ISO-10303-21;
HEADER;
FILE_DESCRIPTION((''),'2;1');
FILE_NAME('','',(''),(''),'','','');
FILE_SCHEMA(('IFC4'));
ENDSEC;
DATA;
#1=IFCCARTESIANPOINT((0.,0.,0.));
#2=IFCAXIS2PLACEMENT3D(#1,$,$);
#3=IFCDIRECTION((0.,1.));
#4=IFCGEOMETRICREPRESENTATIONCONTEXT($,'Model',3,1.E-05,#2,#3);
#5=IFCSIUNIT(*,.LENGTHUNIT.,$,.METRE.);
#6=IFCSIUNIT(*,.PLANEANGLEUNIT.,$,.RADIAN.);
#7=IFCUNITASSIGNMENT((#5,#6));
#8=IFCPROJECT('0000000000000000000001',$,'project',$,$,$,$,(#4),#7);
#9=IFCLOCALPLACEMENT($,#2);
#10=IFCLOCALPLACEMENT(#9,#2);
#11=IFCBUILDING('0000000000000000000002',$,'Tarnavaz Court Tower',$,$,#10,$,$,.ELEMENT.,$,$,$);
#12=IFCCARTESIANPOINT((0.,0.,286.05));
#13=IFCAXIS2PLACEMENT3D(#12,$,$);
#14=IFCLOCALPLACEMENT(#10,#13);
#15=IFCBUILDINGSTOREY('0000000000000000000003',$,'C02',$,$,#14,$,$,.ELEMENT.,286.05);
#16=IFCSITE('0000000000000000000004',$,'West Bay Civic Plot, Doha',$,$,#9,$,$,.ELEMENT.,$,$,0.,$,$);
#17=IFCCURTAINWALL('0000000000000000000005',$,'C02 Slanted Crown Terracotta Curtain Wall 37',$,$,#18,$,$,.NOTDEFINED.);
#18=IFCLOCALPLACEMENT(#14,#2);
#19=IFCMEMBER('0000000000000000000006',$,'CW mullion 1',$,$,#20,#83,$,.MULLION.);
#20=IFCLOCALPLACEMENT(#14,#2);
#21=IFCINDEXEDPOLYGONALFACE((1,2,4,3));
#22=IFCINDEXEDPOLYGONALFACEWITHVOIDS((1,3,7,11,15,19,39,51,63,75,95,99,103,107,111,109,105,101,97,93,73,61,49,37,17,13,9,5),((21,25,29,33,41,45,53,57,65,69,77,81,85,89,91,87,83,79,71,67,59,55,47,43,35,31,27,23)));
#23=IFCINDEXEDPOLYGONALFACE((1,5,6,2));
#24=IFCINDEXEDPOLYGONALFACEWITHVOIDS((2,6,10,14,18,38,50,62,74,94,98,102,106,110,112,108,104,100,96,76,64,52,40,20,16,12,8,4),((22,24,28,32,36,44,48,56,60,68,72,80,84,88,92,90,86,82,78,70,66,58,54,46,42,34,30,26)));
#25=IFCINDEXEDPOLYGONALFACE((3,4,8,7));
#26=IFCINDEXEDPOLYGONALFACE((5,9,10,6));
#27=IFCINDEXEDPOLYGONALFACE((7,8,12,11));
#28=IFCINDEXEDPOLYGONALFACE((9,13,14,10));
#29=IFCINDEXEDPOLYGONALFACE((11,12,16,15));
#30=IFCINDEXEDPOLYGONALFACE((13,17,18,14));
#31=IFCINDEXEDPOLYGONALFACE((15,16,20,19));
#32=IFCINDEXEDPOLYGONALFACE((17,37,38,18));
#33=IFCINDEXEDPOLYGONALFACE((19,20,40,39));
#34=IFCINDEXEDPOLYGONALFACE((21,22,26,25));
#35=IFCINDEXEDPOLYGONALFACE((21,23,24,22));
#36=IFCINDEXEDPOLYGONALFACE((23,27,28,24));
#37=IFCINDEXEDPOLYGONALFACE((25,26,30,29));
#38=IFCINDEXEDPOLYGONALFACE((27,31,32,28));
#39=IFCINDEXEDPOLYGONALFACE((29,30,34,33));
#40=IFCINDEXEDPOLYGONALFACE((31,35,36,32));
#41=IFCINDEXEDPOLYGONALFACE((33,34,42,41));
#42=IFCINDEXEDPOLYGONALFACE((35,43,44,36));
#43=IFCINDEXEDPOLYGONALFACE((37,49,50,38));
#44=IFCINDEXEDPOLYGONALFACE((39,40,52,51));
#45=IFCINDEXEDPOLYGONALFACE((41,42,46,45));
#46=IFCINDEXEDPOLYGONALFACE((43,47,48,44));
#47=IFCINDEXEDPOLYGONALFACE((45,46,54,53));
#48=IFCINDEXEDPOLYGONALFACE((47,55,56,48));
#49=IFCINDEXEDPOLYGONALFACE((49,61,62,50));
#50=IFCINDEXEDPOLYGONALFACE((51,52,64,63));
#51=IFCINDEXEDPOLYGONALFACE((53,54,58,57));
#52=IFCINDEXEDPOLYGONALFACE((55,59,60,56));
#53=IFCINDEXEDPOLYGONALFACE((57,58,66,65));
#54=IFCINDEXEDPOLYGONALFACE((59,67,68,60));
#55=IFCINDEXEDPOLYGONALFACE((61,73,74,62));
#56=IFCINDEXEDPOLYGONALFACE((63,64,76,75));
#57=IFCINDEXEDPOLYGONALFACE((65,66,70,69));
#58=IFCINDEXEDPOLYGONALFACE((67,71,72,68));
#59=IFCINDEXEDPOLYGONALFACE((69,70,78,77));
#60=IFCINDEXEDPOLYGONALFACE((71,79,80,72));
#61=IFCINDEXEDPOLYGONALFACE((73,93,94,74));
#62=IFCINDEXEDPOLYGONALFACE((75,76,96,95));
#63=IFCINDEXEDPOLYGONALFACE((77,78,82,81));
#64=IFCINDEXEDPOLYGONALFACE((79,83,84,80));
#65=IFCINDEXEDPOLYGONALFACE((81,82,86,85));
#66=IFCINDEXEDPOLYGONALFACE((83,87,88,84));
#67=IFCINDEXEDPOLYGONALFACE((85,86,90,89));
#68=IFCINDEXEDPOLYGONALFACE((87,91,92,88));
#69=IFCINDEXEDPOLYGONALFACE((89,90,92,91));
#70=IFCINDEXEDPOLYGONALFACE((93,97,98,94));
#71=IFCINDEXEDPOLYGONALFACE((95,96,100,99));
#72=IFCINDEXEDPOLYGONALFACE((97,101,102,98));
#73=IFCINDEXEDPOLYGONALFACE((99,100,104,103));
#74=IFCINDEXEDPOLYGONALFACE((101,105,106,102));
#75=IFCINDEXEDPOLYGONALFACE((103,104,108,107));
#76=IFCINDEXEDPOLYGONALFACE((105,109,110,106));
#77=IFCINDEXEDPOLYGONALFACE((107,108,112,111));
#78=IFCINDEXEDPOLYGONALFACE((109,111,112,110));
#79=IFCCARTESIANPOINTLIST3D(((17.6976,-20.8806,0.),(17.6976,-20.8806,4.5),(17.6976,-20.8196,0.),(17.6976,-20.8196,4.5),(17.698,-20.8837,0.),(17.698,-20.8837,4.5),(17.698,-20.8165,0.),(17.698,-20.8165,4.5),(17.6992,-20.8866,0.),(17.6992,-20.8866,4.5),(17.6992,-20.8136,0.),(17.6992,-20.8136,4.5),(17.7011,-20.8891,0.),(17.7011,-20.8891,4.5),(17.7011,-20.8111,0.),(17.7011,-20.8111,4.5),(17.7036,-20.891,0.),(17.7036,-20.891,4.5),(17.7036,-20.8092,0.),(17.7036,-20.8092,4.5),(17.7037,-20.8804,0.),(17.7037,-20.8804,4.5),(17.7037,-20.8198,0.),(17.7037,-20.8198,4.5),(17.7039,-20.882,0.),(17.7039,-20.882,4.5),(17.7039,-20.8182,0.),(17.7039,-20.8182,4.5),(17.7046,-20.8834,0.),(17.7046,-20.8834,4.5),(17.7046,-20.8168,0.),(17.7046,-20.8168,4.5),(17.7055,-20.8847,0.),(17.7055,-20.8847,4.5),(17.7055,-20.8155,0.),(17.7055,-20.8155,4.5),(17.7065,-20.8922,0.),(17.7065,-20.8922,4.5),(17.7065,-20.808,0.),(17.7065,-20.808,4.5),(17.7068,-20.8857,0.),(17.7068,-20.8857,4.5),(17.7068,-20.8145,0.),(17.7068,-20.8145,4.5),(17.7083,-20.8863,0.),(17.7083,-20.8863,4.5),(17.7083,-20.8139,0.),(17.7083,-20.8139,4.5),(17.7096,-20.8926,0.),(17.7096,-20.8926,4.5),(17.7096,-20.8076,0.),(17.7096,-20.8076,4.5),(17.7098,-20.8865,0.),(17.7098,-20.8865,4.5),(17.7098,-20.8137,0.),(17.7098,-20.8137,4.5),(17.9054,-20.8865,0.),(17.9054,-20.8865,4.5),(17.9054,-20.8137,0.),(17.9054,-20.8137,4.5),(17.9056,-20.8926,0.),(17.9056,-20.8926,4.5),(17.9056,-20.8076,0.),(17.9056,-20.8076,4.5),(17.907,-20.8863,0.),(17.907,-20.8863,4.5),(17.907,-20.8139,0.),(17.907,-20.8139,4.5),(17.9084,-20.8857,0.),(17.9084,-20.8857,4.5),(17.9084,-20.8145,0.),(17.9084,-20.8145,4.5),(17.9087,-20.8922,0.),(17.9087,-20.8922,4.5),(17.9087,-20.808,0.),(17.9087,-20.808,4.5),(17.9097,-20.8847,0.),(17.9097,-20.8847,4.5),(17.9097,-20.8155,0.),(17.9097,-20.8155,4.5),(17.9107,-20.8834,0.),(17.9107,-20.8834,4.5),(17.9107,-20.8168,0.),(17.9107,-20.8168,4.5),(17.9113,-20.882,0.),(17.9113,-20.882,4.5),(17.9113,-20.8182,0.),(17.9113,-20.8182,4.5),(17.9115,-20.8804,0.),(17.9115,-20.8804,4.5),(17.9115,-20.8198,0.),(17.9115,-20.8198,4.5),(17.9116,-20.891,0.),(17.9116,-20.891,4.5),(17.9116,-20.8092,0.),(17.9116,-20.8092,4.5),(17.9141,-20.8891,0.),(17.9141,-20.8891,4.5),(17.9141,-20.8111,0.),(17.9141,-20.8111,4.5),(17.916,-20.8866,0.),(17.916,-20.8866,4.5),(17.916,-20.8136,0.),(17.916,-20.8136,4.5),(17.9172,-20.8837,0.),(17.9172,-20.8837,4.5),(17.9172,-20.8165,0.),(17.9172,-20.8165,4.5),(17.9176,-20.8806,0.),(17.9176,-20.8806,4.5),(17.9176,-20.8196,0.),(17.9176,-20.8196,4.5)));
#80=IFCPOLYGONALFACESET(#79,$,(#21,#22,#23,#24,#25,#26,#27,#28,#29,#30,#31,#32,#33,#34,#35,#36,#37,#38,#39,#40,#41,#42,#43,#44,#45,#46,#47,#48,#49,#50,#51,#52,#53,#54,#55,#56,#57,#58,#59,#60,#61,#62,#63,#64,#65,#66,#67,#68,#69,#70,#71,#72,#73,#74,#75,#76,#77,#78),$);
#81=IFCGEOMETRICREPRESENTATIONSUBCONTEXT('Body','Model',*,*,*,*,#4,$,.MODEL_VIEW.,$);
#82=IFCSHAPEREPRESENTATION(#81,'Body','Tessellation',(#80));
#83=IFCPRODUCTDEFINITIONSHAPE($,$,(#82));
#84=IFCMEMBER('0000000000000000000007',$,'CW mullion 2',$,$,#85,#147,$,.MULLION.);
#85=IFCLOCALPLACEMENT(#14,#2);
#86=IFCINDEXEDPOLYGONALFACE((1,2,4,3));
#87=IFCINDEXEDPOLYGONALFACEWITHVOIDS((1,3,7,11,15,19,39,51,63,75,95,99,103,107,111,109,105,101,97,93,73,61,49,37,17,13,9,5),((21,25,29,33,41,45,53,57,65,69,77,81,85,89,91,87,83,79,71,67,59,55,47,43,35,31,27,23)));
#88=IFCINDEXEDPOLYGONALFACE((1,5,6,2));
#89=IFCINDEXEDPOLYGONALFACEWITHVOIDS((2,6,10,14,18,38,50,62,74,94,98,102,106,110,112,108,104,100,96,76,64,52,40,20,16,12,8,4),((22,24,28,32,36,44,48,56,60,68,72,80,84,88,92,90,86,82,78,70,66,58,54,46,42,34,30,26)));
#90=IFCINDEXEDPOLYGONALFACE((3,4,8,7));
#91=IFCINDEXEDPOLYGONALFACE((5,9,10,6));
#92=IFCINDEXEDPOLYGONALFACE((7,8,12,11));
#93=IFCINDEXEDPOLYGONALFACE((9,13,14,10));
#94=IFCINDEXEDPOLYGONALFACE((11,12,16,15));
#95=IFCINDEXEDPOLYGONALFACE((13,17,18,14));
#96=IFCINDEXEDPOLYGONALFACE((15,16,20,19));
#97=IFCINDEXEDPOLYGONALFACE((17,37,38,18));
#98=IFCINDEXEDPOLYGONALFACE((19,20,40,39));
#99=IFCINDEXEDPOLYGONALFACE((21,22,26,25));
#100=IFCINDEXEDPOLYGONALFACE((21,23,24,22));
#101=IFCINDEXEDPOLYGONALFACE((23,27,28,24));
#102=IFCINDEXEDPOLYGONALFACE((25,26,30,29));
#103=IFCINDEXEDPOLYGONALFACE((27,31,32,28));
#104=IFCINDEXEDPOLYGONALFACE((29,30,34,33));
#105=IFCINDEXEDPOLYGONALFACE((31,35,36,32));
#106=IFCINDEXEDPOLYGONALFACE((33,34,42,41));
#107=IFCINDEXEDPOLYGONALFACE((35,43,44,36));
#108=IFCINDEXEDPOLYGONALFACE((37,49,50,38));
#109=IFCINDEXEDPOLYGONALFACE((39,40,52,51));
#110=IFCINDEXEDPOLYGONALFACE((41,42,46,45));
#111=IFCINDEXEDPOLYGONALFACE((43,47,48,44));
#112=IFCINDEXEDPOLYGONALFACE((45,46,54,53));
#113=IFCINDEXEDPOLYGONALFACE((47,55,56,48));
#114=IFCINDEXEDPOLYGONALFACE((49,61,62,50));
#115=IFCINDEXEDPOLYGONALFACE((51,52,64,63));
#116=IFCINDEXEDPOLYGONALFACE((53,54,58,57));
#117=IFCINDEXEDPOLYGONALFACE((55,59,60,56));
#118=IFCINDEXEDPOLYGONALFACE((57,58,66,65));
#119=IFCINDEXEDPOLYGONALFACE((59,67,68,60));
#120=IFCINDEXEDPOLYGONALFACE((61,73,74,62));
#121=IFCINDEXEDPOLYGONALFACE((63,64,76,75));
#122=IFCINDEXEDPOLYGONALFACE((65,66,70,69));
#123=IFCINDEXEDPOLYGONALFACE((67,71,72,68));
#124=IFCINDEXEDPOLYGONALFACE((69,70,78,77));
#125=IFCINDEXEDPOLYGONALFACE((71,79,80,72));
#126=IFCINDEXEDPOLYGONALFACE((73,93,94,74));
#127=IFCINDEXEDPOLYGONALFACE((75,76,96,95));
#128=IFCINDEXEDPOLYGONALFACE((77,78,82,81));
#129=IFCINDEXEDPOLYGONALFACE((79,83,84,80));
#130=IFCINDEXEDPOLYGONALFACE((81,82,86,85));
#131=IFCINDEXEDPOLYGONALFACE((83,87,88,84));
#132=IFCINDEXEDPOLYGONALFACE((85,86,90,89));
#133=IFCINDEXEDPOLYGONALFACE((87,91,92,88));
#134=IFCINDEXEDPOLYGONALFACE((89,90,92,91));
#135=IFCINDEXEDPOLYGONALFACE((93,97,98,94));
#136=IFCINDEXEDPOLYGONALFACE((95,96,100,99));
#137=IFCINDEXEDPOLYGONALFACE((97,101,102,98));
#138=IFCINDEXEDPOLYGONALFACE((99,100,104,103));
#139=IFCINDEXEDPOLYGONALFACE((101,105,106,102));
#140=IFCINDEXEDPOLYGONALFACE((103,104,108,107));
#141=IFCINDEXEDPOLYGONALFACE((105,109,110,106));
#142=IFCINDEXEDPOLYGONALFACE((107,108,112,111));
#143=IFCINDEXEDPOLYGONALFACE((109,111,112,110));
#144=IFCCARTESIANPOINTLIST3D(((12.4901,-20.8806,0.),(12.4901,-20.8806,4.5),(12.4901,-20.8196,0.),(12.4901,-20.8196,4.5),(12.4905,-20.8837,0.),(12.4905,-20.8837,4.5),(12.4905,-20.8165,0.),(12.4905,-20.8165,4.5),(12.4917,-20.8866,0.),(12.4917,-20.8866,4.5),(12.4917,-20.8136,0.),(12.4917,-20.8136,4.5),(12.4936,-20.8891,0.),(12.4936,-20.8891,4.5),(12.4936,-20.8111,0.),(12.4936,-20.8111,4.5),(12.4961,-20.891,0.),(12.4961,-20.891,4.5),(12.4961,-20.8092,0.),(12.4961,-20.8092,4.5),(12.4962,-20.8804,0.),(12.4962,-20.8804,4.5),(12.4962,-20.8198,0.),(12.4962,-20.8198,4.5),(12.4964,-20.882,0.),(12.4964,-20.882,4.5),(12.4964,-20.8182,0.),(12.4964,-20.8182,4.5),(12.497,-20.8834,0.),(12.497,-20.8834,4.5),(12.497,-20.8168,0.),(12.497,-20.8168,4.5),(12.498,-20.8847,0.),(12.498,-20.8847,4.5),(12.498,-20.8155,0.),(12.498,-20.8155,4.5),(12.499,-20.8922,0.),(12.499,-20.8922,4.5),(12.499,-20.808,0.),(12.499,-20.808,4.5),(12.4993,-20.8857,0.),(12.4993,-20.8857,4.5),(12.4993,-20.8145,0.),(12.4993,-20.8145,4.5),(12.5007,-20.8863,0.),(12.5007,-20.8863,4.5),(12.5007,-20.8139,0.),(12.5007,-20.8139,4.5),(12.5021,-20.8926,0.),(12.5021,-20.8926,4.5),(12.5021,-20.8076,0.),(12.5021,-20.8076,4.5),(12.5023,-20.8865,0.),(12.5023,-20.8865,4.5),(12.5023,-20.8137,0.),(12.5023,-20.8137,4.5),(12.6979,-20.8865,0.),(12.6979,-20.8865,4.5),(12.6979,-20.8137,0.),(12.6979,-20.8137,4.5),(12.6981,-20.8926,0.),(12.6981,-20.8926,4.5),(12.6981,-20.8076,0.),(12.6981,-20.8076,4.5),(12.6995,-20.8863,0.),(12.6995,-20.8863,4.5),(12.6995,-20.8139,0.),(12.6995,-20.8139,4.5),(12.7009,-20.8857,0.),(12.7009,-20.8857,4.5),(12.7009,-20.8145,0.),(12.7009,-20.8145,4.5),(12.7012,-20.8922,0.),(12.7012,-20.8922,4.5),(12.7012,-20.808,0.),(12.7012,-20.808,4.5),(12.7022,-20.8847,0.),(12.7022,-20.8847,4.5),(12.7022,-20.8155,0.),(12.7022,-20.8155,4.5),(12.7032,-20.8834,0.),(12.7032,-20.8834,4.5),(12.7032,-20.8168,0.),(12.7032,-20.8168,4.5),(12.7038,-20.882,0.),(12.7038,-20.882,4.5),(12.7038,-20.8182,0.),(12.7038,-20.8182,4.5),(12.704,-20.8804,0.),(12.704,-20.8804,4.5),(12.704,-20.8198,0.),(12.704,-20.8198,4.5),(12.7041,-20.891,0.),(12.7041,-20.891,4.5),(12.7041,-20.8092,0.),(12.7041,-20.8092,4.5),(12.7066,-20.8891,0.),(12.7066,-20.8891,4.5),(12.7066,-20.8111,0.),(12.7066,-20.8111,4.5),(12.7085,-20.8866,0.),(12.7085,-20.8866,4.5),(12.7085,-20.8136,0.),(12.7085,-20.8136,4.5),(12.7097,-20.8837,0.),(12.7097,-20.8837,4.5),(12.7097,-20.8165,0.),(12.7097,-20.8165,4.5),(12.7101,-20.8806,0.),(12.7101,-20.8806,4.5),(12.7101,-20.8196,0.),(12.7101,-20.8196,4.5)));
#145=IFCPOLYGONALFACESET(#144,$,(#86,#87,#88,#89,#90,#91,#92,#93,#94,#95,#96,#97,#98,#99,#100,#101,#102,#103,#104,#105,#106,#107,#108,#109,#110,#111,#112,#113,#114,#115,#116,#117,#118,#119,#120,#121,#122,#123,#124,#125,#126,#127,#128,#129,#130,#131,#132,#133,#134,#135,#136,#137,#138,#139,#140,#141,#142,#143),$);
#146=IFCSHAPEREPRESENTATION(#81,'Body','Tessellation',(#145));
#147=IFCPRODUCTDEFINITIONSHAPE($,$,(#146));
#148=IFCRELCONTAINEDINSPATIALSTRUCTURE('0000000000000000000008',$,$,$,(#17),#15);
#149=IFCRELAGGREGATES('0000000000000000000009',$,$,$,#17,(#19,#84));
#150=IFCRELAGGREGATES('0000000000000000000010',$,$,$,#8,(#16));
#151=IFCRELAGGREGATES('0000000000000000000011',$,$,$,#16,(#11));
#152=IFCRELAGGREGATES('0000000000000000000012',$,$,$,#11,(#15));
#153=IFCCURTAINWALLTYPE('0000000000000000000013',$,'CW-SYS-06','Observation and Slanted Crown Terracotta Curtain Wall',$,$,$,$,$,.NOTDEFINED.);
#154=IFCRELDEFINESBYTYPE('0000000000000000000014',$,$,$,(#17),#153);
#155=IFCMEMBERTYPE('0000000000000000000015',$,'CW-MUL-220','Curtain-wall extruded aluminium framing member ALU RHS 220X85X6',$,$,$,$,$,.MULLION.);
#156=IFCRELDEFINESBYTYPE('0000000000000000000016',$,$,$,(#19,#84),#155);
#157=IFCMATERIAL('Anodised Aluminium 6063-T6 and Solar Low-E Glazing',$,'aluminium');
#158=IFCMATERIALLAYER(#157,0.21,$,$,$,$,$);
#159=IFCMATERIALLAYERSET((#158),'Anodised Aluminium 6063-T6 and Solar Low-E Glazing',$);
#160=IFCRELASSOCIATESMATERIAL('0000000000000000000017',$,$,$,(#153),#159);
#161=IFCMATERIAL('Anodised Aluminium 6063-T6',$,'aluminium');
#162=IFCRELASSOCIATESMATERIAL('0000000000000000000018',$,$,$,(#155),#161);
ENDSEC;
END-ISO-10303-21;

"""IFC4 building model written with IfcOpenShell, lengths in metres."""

from ifc_helpers import new_model, si_unit, direction, frame, origin, origin_2d, place, context, subcontext, project, spatial, hollow_rectangle, extrude, material, layer, layer_set, material_profile, profile_set, type_object, element, aggregate, save


model = new_model("IFC4")

# Units and contexts
model_context = context("Model", 3, precision=1e-05, world=origin(), true_north=direction((0.0, 1.0)))
body_context = subcontext(model_context, "Body", "Model", "MODEL_VIEW")
ifc_project = project(units=[si_unit("LENGTHUNIT", "METRE"), si_unit("PLANEANGLEUNIT", "RADIAN")], contexts=[model_context])

# Site, building, storey
site_placement = place(None, origin())
site = spatial("IfcSite", under=ifc_project, at=site_placement, Name="West Bay Civic Plot, Doha", CompositionType="ELEMENT", RefElevation=0.0)
building_placement = place(site_placement, origin())
building = spatial("IfcBuilding", under=site, at=building_placement, Name="Tarnavaz Court Tower", CompositionType="ELEMENT")
storey_placement = place(building_placement, frame((0.0, 0.0, 286.05)))
storey = spatial("IfcBuildingStorey", under=building, at=storey_placement, Name="C02", CompositionType="ELEMENT", Elevation=286.05)

# Shared definitions
ifc_material_1 = material(Name="Anodised Aluminium 6063-T6 and Solar Low-E Glazing", Category="aluminium")
ifc_layer_1 = layer(ifc_material_1, 0.21)
ifc_layer_set_1 = layer_set([ifc_layer_1], Name="Anodised Aluminium 6063-T6 and Solar Low-E Glazing")
curtain_wall_type = type_object("IfcCurtainWallType", Name="CW-SYS-06", Description="Observation and Slanted Crown Terracotta Curtain Wall", PredefinedType="NOTDEFINED", material=ifc_layer_set_1)
ifc_material_2 = material(Name="Anodised Aluminium 6063-T6", Category="aluminium")
ifc_material_profile_1 = material_profile(ifc_material_2, hollow_rectangle(XDim=0.085, YDim=0.22, WallThickness=0.0061, InnerFilletRadius=0.0061, OuterFilletRadius=0.012, at=origin_2d()), Name="ALU RHS 220X85X6")
ifc_profile_set_1 = profile_set([ifc_material_profile_1], Name="Anodised Aluminium 6063-T6")
member_type_1 = type_object("IfcMemberType", Name="CW-MUL-220", Description="Curtain-wall extruded aluminium framing member ALU RHS 220X85X6", PredefinedType="MULLION", material=ifc_profile_set_1)

# Curtain wall, members
curtain_wall_1_placement = place(storey_placement, origin())
curtain_wall_1 = element("IfcCurtainWall", 1, at=curtain_wall_1_placement, inside=storey, type_object=curtain_wall_type, Name="C02 Slanted Crown Terracotta Curtain Wall 37", PredefinedType="NOTDEFINED")
member_1_placement = place(storey_placement, frame((17.8076, -20.8501, 0.0), z_axis=(0.0, 0.0, 1.0), x_axis=(0.0, -1.0, 0.0)))
member_1 = element("IfcMember", 2, at=member_1_placement, type_object=member_type_1, Name="CW mullion 1", PredefinedType="MULLION", context=body_context, shape_type="SweptSolid", body=[
    extrude(hollow_rectangle(XDim=0.085, YDim=0.22, WallThickness=0.0061, InnerFilletRadius=0.0061, OuterFilletRadius=0.012, at=origin_2d()), origin(), (0.0, 0.0, 1.0), 4.5),
])
member_2_placement = place(storey_placement, frame((12.6001, -20.8501, 0.0), z_axis=(0.0, 0.0, 1.0), x_axis=(0.0, -1.0, 0.0)))
member_2 = element("IfcMember", 3, at=member_2_placement, type_object=member_type_1, Name="CW mullion 2", PredefinedType="MULLION", context=body_context, shape_type="SweptSolid", body=[
    extrude(hollow_rectangle(XDim=0.085, YDim=0.22, WallThickness=0.0061, InnerFilletRadius=0.0061, OuterFilletRadius=0.012, at=origin_2d()), origin(), (0.0, 0.0, 1.0), 4.5),
])

aggregate(curtain_wall_1, [member_1, member_2])

save(model, "model.ifc")
